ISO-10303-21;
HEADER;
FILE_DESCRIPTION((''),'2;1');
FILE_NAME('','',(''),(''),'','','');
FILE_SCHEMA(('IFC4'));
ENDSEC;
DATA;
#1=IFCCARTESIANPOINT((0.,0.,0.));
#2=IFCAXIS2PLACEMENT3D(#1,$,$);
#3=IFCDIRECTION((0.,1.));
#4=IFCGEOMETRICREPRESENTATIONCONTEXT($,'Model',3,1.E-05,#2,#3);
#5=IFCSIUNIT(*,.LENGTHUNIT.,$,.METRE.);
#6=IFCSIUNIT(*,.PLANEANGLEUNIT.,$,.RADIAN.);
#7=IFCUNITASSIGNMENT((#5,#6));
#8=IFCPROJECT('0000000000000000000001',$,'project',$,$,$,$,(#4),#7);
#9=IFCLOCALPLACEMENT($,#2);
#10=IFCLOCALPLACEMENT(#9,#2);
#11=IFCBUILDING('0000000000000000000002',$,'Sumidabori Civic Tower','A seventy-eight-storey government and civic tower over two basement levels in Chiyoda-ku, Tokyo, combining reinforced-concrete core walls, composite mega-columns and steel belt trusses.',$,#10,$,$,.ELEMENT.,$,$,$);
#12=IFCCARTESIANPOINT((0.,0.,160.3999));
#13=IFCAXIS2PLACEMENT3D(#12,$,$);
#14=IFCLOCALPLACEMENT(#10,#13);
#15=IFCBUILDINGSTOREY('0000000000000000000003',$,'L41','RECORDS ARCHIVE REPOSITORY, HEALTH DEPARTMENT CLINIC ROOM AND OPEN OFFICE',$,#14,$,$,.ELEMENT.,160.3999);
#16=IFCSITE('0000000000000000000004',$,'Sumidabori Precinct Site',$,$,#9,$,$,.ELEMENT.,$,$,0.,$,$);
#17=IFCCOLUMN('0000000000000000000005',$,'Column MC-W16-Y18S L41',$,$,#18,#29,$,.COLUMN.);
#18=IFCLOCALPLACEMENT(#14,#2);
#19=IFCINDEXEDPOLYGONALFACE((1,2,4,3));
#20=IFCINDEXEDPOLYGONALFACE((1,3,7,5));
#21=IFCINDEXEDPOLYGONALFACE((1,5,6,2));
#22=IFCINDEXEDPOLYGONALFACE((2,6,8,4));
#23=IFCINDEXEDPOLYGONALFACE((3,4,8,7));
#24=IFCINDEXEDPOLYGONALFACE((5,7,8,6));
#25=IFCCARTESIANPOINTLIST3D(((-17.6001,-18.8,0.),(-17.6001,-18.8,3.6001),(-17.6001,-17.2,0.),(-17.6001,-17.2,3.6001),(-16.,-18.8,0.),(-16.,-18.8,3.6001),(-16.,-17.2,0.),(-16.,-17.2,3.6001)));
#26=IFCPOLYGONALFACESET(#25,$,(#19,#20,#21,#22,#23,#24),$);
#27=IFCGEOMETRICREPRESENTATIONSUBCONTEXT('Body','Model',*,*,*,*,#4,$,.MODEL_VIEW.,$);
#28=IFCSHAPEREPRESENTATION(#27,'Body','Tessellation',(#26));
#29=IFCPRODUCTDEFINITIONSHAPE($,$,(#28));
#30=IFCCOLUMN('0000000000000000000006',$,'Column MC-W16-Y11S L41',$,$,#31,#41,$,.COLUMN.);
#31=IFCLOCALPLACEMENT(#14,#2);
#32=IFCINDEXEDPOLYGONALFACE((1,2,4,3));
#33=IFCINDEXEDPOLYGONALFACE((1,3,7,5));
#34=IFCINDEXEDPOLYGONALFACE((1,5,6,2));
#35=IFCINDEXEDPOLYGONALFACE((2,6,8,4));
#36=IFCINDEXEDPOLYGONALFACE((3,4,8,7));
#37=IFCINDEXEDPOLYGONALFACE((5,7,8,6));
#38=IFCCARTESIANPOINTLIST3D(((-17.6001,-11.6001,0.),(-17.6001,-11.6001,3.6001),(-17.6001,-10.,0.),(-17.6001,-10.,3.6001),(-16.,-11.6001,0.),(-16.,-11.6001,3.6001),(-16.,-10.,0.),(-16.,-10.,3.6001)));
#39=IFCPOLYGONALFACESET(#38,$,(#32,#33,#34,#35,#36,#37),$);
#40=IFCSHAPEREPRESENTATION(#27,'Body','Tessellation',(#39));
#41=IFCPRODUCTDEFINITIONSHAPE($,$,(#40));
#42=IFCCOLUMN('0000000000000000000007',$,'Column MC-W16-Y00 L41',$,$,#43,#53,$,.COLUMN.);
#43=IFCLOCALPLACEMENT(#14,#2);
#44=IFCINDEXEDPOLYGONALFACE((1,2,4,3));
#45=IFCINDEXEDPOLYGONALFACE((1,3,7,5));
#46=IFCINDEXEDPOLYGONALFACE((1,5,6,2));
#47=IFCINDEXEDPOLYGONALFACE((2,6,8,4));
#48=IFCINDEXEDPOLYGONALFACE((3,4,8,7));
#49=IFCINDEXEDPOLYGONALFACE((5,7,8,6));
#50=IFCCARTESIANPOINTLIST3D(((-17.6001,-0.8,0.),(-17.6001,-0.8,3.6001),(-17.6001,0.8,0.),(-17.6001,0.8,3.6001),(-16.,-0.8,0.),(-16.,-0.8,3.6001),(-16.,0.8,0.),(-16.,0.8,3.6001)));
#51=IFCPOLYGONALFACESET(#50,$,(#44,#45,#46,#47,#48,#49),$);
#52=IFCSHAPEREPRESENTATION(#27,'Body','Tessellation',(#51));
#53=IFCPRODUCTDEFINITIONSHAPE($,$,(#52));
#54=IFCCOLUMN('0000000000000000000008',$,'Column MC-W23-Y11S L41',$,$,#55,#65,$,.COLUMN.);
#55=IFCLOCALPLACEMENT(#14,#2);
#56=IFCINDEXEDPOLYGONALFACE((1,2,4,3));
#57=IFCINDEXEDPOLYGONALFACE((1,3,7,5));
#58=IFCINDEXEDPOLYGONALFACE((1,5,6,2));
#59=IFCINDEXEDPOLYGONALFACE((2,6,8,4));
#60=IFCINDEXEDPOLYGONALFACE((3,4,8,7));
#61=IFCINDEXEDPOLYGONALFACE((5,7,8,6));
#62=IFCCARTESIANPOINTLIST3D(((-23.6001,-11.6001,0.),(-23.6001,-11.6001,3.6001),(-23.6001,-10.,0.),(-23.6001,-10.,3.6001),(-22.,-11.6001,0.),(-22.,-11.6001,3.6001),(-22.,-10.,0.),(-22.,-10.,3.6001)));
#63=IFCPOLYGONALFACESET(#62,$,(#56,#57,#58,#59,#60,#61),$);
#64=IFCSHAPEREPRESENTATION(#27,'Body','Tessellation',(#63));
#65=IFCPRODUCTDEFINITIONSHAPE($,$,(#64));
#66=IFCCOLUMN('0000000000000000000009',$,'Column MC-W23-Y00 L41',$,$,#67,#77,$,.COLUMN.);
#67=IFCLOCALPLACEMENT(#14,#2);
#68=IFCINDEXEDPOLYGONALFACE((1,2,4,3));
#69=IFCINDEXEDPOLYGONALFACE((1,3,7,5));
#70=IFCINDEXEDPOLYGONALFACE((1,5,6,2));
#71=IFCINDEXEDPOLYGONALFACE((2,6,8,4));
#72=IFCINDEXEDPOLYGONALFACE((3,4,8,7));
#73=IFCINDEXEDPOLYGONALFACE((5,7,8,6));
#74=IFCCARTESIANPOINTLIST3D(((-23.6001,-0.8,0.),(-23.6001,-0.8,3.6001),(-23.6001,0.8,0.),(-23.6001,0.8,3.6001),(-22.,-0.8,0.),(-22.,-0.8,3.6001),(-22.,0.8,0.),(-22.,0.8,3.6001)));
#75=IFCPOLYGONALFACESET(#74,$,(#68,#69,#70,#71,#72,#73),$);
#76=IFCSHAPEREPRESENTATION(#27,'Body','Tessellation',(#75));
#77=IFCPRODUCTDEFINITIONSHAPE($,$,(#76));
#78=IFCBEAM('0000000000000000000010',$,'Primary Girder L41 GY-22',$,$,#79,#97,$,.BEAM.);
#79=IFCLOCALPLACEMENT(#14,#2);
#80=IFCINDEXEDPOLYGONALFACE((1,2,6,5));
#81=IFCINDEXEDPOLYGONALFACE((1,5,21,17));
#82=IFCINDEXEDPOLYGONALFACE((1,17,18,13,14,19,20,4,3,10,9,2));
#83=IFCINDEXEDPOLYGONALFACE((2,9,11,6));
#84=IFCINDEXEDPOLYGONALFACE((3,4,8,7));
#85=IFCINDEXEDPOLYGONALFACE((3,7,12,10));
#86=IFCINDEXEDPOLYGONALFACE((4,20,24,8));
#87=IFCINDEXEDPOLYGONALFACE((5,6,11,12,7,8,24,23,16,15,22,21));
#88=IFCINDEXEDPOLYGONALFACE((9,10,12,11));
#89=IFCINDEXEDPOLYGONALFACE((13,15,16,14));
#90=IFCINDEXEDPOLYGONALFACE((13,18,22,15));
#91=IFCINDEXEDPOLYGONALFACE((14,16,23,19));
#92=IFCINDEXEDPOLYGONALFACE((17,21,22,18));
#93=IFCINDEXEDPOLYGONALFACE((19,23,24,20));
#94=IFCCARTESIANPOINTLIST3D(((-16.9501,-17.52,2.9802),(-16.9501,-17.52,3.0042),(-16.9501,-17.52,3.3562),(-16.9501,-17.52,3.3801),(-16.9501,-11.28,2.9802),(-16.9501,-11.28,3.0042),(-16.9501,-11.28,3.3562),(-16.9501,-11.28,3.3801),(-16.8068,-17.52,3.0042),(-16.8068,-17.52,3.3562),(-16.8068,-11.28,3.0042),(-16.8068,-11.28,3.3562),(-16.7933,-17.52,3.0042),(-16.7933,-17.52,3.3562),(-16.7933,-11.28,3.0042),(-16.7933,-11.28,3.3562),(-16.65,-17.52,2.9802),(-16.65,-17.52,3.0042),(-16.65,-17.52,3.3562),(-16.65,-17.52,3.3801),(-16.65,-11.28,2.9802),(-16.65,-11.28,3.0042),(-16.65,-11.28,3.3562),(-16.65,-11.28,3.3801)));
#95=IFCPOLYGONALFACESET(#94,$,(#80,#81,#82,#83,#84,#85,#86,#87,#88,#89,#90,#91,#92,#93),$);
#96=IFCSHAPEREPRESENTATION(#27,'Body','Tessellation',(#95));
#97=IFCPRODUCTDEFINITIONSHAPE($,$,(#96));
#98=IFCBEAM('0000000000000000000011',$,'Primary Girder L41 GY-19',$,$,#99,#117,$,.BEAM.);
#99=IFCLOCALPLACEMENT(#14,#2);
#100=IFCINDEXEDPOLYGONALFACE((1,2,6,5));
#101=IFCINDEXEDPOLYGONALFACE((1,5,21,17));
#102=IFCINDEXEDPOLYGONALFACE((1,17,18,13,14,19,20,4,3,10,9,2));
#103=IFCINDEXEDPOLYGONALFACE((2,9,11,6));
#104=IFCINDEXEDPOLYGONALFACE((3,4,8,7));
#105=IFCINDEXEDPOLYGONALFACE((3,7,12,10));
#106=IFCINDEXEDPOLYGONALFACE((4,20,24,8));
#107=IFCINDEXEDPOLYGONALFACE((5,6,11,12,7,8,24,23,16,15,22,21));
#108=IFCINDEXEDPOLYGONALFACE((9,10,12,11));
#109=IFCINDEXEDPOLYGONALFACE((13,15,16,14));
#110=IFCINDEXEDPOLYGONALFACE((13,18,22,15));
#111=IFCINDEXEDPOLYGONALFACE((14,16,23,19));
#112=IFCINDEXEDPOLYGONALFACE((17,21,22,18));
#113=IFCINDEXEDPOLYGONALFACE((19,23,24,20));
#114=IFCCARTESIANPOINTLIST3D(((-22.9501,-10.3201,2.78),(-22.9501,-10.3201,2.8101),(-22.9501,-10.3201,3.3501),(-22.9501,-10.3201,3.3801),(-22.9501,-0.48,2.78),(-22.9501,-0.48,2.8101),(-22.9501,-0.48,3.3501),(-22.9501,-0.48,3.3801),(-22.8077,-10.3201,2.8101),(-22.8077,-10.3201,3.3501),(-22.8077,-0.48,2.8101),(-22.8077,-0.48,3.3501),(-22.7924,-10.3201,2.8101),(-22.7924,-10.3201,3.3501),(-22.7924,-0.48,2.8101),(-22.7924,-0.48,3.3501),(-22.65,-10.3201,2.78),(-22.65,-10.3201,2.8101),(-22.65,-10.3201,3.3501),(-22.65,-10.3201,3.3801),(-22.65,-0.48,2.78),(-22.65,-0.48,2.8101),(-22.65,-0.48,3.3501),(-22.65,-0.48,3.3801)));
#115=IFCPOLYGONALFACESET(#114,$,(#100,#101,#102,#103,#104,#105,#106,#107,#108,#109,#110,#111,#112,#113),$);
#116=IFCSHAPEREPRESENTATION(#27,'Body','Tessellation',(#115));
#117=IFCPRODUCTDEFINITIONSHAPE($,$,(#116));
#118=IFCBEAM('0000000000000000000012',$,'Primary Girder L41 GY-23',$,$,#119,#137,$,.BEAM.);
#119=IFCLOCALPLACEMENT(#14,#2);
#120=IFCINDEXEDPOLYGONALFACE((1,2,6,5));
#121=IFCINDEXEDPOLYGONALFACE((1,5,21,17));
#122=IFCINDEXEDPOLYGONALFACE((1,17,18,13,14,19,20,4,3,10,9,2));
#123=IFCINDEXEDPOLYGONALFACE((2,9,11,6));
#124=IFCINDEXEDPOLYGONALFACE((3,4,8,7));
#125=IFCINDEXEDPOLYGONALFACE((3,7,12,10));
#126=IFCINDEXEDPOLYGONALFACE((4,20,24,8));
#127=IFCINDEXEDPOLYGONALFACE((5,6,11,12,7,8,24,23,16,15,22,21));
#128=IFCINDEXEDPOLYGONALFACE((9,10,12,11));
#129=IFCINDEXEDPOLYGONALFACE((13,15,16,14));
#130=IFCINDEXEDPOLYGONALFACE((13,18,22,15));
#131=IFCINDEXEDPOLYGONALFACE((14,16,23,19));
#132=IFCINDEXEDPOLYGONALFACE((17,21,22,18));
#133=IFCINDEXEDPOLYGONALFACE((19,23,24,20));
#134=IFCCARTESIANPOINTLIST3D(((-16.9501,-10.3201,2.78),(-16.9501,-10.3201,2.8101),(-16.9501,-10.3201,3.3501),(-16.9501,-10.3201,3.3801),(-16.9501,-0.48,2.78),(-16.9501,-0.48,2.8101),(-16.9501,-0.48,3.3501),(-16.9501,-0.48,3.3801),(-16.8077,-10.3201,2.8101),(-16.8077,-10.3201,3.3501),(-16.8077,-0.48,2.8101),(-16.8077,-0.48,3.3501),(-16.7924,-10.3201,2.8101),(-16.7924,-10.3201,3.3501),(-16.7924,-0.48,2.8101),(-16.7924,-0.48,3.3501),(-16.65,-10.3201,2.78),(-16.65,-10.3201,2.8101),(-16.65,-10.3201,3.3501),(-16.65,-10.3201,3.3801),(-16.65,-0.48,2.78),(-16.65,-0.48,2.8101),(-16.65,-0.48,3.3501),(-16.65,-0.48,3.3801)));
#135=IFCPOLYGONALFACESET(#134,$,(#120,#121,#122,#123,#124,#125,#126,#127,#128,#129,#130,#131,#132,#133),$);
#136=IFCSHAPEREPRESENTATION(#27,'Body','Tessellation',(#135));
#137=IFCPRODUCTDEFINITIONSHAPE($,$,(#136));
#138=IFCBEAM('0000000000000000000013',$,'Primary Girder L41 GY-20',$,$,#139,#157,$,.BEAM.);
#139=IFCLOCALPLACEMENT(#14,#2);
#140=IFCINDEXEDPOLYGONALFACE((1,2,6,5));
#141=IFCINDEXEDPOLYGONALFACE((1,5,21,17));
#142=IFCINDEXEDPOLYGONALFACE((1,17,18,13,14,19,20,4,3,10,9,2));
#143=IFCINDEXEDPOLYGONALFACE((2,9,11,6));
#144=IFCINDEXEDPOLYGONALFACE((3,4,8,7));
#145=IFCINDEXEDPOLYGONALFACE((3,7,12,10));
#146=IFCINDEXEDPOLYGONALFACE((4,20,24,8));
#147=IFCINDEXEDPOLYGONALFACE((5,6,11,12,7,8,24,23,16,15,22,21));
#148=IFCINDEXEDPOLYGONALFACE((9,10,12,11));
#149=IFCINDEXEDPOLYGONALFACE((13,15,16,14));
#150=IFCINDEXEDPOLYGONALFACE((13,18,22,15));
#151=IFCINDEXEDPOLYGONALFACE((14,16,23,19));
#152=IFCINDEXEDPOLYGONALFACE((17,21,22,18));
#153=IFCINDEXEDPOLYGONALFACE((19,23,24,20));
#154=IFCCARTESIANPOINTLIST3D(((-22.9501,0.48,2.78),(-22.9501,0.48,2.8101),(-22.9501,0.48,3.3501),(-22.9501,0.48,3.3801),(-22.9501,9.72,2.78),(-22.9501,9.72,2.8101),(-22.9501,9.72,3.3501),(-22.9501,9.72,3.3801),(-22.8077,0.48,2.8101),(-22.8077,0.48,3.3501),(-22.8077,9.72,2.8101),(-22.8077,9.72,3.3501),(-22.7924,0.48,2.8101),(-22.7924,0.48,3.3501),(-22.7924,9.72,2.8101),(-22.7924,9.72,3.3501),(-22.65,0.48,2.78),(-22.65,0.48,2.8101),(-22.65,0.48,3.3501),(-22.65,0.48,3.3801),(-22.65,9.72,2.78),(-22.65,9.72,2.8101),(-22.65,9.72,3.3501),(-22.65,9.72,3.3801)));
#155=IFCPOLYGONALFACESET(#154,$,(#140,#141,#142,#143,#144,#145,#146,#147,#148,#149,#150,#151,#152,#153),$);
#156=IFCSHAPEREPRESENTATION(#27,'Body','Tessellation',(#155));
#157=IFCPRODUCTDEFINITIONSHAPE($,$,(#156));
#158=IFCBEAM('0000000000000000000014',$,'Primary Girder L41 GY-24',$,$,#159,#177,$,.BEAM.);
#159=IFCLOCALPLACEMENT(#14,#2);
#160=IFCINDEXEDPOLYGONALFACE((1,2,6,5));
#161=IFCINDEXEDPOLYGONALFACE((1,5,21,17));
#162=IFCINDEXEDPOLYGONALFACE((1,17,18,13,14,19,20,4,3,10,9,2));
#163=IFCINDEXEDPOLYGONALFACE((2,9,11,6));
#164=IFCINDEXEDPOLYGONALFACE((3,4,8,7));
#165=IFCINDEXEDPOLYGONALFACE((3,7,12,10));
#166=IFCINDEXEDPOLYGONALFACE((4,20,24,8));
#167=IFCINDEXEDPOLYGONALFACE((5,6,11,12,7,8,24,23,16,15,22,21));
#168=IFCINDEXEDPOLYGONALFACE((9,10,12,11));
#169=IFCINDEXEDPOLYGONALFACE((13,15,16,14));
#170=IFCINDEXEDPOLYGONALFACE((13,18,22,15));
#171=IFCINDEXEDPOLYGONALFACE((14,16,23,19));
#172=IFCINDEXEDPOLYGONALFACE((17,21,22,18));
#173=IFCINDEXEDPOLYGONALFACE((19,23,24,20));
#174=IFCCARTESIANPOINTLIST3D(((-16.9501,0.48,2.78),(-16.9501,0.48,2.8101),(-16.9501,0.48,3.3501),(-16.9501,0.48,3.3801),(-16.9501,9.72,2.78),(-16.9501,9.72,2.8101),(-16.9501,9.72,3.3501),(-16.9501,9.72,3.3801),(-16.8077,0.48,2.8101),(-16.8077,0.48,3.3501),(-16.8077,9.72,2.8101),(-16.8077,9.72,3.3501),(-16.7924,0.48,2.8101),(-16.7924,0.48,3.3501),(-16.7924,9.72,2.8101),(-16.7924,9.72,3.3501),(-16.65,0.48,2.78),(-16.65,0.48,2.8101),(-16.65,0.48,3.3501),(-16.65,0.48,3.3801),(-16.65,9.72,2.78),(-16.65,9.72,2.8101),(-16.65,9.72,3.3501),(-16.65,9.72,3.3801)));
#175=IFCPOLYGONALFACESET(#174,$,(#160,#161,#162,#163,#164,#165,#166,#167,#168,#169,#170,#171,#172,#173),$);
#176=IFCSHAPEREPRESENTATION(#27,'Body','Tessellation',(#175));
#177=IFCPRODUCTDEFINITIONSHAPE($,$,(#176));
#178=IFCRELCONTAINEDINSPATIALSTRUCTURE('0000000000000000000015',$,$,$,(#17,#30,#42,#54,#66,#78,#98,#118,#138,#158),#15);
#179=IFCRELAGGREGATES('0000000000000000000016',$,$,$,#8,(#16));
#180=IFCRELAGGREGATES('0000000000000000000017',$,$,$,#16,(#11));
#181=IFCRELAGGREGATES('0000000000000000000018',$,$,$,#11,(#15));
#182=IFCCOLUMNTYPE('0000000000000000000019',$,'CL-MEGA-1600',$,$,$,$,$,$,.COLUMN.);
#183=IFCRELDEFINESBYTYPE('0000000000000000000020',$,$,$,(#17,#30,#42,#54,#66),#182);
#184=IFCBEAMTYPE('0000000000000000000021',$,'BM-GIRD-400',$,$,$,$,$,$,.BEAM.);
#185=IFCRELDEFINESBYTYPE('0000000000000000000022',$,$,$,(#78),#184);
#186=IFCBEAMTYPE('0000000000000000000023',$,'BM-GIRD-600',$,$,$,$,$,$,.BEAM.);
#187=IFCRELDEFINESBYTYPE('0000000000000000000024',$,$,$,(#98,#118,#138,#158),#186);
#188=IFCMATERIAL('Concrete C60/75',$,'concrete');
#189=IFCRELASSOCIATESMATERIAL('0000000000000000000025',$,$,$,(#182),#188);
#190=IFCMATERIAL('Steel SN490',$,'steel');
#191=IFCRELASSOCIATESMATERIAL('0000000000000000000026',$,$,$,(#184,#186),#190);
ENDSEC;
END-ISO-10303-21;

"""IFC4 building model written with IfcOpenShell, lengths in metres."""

from ifc_helpers import new_model, si_unit, direction, frame, origin, origin_2d, place, context, subcontext, project, spatial, rectangle, i_section, extrude, source, transform, mapped, material, material_profile, profile_set, type_object, element, save


model = new_model("IFC4")

# Units and contexts
model_context = context("Model", 3, precision=1e-05, world=origin(), true_north=direction((0.0, 1.0)))
body_context = subcontext(model_context, "Body", "Model", "MODEL_VIEW")
ifc_project = project(units=[si_unit("LENGTHUNIT", "METRE"), si_unit("PLANEANGLEUNIT", "RADIAN")], contexts=[model_context])

# Site, building, storey
site_placement = place(None, origin())
site = spatial("IfcSite", under=ifc_project, at=site_placement, Name="Sumidabori Precinct Site", CompositionType="ELEMENT", RefElevation=0.0)
building_placement = place(site_placement, origin())
building = spatial("IfcBuilding", under=site, at=building_placement, Name="Sumidabori Civic Tower", Description="A seventy-eight-storey government and civic tower over two basement levels in Chiyoda-ku, Tokyo, combining reinforced-concrete core walls, composite mega-columns and steel belt trusses.", CompositionType="ELEMENT")
storey_placement = place(building_placement, frame((0.0, 0.0, 160.3999)))
storey = spatial("IfcBuildingStorey", under=building, at=storey_placement, Name="L41", Description="RECORDS ARCHIVE REPOSITORY, HEALTH DEPARTMENT CLINIC ROOM AND OPEN OFFICE", CompositionType="ELEMENT", Elevation=160.3999)

# Columns
ifc_material_1 = material(Name="Concrete C60/75", Category="concrete")
ifc_material_profile_1 = material_profile(ifc_material_1, rectangle(XDim=1.6001, YDim=1.6001, at=origin_2d()), Name="RC 1600x1600")
ifc_profile_set_1 = profile_set([ifc_material_profile_1], Name="Concrete C60/75")
column_type = type_object("IfcColumnType", Name="CL-MEGA-1600", PredefinedType="COLUMN", material=ifc_profile_set_1)
shared_shape_1 = source(origin(), body_context, "Body", "SweptSolid", [
    extrude(rectangle(XDim=1.6001, YDim=1.6001, at=origin_2d()), origin(), (0.0, 0.0, 1.0), 3.6001),
])
for number, where, z_axis, x_axis, name in (
    (1, (-16.8, -18.0, 0.0), (0.0, 0.0, 1.0), (1.0, 0.0, 0.0), "Column MC-W16-Y18S L41"),
    (2, (-16.8, -10.8, 0.0), (0.0, 0.0, 1.0), (1.0, 0.0, 0.0), "Column MC-W16-Y11S L41"),
    (3, (-16.8, 0.0, 0.0), (0.0, 0.0, 1.0), (1.0, 0.0, 0.0), "Column MC-W16-Y00 L41"),
    (4, (-22.8, -10.8, 0.0), (0.0, 0.0, 1.0), (1.0, 0.0, 0.0), "Column MC-W23-Y11S L41"),
    (5, (-22.8, 0.0, 0.0), (0.0, 0.0, 1.0), (1.0, 0.0, 0.0), "Column MC-W23-Y00 L41"),
):
    element("IfcColumn", number, at=place(storey_placement, frame(where, z_axis=z_axis, x_axis=x_axis)), inside=storey, type_object=column_type, Name=name, PredefinedType="COLUMN", context=body_context, shape_type="MappedRepresentation", body=[
        mapped(shared_shape_1, transform((0.0, 0.0, 0.0), x_axis=(1.0, 0.0, 0.0), y_axis=(0.0, 1.0, 0.0), z_axis=(0.0, 0.0, 1.0), scale=1.0)),
    ])

# Beams
ifc_material_2 = material(Name="Steel SN490", Category="steel")
ifc_material_profile_2 = material_profile(ifc_material_2, i_section(OverallWidth=0.3, OverallDepth=0.3999, WebThickness=0.0134, FlangeThickness=0.0239, at=origin_2d()), Name="HE 400 B")
ifc_profile_set_2 = profile_set([ifc_material_profile_2], Name="Steel SN490")
beam_type_1 = type_object("IfcBeamType", Name="BM-GIRD-400", PredefinedType="BEAM", material=ifc_profile_set_2)
shared_shape_2 = source(origin(), body_context, "Body", "SweptSolid", [
    extrude(i_section(OverallWidth=0.3, OverallDepth=0.3999, WebThickness=0.0134, FlangeThickness=0.0239, at=origin_2d()), origin(), (0.0, 0.0, 1.0), 6.24),
])
beam_placement = place(storey_placement, frame((-16.8, -17.52, 3.1802), z_axis=(0.0, 1.0, 0.0), x_axis=(-1.0, 0.0, 0.0)))
element("IfcBeam", 6, at=beam_placement, inside=storey, type_object=beam_type_1, Name="Primary Girder L41 GY-22", PredefinedType="BEAM", context=body_context, shape_type="MappedRepresentation", body=[
    mapped(shared_shape_2, transform((0.0, 0.0, 0.0), x_axis=(1.0, 0.0, 0.0), y_axis=(0.0, 1.0, 0.0), z_axis=(0.0, 0.0, 1.0), scale=1.0)),
])
ifc_material_profile_3 = material_profile(ifc_material_2, i_section(OverallWidth=0.3, OverallDepth=0.6001, WebThickness=0.0154, FlangeThickness=0.03, at=origin_2d()), Name="HE 600 B")
ifc_profile_set_3 = profile_set([ifc_material_profile_3], Name="Steel SN490")
beam_type_2 = type_object("IfcBeamType", Name="BM-GIRD-600", PredefinedType="BEAM", material=ifc_profile_set_3)
shared_shape_3 = source(origin(), body_context, "Body", "SweptSolid", [
    extrude(i_section(OverallWidth=0.3, OverallDepth=0.6001, WebThickness=0.0154, FlangeThickness=0.03, at=origin_2d()), origin(), (0.0, 0.0, 1.0), 9.8401),
])
for number, where, z_axis, x_axis, name in (
    (7, (-22.8, -10.3201, 3.0801), (0.0, 1.0, 0.0), (-1.0, 0.0, 0.0), "Primary Girder L41 GY-19"),
    (8, (-16.8, -10.3201, 3.0801), (0.0, 1.0, 0.0), (-1.0, 0.0, 0.0), "Primary Girder L41 GY-23"),
):
    element("IfcBeam", number, at=place(storey_placement, frame(where, z_axis=z_axis, x_axis=x_axis)), inside=storey, type_object=beam_type_2, Name=name, PredefinedType="BEAM", context=body_context, shape_type="MappedRepresentation", body=[
        mapped(shared_shape_3, transform((0.0, 0.0, 0.0), x_axis=(1.0, 0.0, 0.0), y_axis=(0.0, 1.0, 0.0), z_axis=(0.0, 0.0, 1.0), scale=1.0)),
    ])
shared_shape_4 = source(origin(), body_context, "Body", "SweptSolid", [
    extrude(i_section(OverallWidth=0.3, OverallDepth=0.6001, WebThickness=0.0154, FlangeThickness=0.03, at=origin_2d()), origin(), (0.0, 0.0, 1.0), 9.24),
])
for number, where, z_axis, x_axis, name in (
    (9, (-22.8, 0.48, 3.0801), (0.0, 1.0, 0.0), (-1.0, 0.0, 0.0), "Primary Girder L41 GY-20"),
    (10, (-16.8, 0.48, 3.0801), (0.0, 1.0, 0.0), (-1.0, 0.0, 0.0), "Primary Girder L41 GY-24"),
):
    element("IfcBeam", number, at=place(storey_placement, frame(where, z_axis=z_axis, x_axis=x_axis)), inside=storey, type_object=beam_type_2, Name=name, PredefinedType="BEAM", context=body_context, shape_type="MappedRepresentation", body=[
        mapped(shared_shape_4, transform((0.0, 0.0, 0.0), x_axis=(1.0, 0.0, 0.0), y_axis=(0.0, 1.0, 0.0), z_axis=(0.0, 0.0, 1.0), scale=1.0)),
    ])

save(model, "model.ifc")
